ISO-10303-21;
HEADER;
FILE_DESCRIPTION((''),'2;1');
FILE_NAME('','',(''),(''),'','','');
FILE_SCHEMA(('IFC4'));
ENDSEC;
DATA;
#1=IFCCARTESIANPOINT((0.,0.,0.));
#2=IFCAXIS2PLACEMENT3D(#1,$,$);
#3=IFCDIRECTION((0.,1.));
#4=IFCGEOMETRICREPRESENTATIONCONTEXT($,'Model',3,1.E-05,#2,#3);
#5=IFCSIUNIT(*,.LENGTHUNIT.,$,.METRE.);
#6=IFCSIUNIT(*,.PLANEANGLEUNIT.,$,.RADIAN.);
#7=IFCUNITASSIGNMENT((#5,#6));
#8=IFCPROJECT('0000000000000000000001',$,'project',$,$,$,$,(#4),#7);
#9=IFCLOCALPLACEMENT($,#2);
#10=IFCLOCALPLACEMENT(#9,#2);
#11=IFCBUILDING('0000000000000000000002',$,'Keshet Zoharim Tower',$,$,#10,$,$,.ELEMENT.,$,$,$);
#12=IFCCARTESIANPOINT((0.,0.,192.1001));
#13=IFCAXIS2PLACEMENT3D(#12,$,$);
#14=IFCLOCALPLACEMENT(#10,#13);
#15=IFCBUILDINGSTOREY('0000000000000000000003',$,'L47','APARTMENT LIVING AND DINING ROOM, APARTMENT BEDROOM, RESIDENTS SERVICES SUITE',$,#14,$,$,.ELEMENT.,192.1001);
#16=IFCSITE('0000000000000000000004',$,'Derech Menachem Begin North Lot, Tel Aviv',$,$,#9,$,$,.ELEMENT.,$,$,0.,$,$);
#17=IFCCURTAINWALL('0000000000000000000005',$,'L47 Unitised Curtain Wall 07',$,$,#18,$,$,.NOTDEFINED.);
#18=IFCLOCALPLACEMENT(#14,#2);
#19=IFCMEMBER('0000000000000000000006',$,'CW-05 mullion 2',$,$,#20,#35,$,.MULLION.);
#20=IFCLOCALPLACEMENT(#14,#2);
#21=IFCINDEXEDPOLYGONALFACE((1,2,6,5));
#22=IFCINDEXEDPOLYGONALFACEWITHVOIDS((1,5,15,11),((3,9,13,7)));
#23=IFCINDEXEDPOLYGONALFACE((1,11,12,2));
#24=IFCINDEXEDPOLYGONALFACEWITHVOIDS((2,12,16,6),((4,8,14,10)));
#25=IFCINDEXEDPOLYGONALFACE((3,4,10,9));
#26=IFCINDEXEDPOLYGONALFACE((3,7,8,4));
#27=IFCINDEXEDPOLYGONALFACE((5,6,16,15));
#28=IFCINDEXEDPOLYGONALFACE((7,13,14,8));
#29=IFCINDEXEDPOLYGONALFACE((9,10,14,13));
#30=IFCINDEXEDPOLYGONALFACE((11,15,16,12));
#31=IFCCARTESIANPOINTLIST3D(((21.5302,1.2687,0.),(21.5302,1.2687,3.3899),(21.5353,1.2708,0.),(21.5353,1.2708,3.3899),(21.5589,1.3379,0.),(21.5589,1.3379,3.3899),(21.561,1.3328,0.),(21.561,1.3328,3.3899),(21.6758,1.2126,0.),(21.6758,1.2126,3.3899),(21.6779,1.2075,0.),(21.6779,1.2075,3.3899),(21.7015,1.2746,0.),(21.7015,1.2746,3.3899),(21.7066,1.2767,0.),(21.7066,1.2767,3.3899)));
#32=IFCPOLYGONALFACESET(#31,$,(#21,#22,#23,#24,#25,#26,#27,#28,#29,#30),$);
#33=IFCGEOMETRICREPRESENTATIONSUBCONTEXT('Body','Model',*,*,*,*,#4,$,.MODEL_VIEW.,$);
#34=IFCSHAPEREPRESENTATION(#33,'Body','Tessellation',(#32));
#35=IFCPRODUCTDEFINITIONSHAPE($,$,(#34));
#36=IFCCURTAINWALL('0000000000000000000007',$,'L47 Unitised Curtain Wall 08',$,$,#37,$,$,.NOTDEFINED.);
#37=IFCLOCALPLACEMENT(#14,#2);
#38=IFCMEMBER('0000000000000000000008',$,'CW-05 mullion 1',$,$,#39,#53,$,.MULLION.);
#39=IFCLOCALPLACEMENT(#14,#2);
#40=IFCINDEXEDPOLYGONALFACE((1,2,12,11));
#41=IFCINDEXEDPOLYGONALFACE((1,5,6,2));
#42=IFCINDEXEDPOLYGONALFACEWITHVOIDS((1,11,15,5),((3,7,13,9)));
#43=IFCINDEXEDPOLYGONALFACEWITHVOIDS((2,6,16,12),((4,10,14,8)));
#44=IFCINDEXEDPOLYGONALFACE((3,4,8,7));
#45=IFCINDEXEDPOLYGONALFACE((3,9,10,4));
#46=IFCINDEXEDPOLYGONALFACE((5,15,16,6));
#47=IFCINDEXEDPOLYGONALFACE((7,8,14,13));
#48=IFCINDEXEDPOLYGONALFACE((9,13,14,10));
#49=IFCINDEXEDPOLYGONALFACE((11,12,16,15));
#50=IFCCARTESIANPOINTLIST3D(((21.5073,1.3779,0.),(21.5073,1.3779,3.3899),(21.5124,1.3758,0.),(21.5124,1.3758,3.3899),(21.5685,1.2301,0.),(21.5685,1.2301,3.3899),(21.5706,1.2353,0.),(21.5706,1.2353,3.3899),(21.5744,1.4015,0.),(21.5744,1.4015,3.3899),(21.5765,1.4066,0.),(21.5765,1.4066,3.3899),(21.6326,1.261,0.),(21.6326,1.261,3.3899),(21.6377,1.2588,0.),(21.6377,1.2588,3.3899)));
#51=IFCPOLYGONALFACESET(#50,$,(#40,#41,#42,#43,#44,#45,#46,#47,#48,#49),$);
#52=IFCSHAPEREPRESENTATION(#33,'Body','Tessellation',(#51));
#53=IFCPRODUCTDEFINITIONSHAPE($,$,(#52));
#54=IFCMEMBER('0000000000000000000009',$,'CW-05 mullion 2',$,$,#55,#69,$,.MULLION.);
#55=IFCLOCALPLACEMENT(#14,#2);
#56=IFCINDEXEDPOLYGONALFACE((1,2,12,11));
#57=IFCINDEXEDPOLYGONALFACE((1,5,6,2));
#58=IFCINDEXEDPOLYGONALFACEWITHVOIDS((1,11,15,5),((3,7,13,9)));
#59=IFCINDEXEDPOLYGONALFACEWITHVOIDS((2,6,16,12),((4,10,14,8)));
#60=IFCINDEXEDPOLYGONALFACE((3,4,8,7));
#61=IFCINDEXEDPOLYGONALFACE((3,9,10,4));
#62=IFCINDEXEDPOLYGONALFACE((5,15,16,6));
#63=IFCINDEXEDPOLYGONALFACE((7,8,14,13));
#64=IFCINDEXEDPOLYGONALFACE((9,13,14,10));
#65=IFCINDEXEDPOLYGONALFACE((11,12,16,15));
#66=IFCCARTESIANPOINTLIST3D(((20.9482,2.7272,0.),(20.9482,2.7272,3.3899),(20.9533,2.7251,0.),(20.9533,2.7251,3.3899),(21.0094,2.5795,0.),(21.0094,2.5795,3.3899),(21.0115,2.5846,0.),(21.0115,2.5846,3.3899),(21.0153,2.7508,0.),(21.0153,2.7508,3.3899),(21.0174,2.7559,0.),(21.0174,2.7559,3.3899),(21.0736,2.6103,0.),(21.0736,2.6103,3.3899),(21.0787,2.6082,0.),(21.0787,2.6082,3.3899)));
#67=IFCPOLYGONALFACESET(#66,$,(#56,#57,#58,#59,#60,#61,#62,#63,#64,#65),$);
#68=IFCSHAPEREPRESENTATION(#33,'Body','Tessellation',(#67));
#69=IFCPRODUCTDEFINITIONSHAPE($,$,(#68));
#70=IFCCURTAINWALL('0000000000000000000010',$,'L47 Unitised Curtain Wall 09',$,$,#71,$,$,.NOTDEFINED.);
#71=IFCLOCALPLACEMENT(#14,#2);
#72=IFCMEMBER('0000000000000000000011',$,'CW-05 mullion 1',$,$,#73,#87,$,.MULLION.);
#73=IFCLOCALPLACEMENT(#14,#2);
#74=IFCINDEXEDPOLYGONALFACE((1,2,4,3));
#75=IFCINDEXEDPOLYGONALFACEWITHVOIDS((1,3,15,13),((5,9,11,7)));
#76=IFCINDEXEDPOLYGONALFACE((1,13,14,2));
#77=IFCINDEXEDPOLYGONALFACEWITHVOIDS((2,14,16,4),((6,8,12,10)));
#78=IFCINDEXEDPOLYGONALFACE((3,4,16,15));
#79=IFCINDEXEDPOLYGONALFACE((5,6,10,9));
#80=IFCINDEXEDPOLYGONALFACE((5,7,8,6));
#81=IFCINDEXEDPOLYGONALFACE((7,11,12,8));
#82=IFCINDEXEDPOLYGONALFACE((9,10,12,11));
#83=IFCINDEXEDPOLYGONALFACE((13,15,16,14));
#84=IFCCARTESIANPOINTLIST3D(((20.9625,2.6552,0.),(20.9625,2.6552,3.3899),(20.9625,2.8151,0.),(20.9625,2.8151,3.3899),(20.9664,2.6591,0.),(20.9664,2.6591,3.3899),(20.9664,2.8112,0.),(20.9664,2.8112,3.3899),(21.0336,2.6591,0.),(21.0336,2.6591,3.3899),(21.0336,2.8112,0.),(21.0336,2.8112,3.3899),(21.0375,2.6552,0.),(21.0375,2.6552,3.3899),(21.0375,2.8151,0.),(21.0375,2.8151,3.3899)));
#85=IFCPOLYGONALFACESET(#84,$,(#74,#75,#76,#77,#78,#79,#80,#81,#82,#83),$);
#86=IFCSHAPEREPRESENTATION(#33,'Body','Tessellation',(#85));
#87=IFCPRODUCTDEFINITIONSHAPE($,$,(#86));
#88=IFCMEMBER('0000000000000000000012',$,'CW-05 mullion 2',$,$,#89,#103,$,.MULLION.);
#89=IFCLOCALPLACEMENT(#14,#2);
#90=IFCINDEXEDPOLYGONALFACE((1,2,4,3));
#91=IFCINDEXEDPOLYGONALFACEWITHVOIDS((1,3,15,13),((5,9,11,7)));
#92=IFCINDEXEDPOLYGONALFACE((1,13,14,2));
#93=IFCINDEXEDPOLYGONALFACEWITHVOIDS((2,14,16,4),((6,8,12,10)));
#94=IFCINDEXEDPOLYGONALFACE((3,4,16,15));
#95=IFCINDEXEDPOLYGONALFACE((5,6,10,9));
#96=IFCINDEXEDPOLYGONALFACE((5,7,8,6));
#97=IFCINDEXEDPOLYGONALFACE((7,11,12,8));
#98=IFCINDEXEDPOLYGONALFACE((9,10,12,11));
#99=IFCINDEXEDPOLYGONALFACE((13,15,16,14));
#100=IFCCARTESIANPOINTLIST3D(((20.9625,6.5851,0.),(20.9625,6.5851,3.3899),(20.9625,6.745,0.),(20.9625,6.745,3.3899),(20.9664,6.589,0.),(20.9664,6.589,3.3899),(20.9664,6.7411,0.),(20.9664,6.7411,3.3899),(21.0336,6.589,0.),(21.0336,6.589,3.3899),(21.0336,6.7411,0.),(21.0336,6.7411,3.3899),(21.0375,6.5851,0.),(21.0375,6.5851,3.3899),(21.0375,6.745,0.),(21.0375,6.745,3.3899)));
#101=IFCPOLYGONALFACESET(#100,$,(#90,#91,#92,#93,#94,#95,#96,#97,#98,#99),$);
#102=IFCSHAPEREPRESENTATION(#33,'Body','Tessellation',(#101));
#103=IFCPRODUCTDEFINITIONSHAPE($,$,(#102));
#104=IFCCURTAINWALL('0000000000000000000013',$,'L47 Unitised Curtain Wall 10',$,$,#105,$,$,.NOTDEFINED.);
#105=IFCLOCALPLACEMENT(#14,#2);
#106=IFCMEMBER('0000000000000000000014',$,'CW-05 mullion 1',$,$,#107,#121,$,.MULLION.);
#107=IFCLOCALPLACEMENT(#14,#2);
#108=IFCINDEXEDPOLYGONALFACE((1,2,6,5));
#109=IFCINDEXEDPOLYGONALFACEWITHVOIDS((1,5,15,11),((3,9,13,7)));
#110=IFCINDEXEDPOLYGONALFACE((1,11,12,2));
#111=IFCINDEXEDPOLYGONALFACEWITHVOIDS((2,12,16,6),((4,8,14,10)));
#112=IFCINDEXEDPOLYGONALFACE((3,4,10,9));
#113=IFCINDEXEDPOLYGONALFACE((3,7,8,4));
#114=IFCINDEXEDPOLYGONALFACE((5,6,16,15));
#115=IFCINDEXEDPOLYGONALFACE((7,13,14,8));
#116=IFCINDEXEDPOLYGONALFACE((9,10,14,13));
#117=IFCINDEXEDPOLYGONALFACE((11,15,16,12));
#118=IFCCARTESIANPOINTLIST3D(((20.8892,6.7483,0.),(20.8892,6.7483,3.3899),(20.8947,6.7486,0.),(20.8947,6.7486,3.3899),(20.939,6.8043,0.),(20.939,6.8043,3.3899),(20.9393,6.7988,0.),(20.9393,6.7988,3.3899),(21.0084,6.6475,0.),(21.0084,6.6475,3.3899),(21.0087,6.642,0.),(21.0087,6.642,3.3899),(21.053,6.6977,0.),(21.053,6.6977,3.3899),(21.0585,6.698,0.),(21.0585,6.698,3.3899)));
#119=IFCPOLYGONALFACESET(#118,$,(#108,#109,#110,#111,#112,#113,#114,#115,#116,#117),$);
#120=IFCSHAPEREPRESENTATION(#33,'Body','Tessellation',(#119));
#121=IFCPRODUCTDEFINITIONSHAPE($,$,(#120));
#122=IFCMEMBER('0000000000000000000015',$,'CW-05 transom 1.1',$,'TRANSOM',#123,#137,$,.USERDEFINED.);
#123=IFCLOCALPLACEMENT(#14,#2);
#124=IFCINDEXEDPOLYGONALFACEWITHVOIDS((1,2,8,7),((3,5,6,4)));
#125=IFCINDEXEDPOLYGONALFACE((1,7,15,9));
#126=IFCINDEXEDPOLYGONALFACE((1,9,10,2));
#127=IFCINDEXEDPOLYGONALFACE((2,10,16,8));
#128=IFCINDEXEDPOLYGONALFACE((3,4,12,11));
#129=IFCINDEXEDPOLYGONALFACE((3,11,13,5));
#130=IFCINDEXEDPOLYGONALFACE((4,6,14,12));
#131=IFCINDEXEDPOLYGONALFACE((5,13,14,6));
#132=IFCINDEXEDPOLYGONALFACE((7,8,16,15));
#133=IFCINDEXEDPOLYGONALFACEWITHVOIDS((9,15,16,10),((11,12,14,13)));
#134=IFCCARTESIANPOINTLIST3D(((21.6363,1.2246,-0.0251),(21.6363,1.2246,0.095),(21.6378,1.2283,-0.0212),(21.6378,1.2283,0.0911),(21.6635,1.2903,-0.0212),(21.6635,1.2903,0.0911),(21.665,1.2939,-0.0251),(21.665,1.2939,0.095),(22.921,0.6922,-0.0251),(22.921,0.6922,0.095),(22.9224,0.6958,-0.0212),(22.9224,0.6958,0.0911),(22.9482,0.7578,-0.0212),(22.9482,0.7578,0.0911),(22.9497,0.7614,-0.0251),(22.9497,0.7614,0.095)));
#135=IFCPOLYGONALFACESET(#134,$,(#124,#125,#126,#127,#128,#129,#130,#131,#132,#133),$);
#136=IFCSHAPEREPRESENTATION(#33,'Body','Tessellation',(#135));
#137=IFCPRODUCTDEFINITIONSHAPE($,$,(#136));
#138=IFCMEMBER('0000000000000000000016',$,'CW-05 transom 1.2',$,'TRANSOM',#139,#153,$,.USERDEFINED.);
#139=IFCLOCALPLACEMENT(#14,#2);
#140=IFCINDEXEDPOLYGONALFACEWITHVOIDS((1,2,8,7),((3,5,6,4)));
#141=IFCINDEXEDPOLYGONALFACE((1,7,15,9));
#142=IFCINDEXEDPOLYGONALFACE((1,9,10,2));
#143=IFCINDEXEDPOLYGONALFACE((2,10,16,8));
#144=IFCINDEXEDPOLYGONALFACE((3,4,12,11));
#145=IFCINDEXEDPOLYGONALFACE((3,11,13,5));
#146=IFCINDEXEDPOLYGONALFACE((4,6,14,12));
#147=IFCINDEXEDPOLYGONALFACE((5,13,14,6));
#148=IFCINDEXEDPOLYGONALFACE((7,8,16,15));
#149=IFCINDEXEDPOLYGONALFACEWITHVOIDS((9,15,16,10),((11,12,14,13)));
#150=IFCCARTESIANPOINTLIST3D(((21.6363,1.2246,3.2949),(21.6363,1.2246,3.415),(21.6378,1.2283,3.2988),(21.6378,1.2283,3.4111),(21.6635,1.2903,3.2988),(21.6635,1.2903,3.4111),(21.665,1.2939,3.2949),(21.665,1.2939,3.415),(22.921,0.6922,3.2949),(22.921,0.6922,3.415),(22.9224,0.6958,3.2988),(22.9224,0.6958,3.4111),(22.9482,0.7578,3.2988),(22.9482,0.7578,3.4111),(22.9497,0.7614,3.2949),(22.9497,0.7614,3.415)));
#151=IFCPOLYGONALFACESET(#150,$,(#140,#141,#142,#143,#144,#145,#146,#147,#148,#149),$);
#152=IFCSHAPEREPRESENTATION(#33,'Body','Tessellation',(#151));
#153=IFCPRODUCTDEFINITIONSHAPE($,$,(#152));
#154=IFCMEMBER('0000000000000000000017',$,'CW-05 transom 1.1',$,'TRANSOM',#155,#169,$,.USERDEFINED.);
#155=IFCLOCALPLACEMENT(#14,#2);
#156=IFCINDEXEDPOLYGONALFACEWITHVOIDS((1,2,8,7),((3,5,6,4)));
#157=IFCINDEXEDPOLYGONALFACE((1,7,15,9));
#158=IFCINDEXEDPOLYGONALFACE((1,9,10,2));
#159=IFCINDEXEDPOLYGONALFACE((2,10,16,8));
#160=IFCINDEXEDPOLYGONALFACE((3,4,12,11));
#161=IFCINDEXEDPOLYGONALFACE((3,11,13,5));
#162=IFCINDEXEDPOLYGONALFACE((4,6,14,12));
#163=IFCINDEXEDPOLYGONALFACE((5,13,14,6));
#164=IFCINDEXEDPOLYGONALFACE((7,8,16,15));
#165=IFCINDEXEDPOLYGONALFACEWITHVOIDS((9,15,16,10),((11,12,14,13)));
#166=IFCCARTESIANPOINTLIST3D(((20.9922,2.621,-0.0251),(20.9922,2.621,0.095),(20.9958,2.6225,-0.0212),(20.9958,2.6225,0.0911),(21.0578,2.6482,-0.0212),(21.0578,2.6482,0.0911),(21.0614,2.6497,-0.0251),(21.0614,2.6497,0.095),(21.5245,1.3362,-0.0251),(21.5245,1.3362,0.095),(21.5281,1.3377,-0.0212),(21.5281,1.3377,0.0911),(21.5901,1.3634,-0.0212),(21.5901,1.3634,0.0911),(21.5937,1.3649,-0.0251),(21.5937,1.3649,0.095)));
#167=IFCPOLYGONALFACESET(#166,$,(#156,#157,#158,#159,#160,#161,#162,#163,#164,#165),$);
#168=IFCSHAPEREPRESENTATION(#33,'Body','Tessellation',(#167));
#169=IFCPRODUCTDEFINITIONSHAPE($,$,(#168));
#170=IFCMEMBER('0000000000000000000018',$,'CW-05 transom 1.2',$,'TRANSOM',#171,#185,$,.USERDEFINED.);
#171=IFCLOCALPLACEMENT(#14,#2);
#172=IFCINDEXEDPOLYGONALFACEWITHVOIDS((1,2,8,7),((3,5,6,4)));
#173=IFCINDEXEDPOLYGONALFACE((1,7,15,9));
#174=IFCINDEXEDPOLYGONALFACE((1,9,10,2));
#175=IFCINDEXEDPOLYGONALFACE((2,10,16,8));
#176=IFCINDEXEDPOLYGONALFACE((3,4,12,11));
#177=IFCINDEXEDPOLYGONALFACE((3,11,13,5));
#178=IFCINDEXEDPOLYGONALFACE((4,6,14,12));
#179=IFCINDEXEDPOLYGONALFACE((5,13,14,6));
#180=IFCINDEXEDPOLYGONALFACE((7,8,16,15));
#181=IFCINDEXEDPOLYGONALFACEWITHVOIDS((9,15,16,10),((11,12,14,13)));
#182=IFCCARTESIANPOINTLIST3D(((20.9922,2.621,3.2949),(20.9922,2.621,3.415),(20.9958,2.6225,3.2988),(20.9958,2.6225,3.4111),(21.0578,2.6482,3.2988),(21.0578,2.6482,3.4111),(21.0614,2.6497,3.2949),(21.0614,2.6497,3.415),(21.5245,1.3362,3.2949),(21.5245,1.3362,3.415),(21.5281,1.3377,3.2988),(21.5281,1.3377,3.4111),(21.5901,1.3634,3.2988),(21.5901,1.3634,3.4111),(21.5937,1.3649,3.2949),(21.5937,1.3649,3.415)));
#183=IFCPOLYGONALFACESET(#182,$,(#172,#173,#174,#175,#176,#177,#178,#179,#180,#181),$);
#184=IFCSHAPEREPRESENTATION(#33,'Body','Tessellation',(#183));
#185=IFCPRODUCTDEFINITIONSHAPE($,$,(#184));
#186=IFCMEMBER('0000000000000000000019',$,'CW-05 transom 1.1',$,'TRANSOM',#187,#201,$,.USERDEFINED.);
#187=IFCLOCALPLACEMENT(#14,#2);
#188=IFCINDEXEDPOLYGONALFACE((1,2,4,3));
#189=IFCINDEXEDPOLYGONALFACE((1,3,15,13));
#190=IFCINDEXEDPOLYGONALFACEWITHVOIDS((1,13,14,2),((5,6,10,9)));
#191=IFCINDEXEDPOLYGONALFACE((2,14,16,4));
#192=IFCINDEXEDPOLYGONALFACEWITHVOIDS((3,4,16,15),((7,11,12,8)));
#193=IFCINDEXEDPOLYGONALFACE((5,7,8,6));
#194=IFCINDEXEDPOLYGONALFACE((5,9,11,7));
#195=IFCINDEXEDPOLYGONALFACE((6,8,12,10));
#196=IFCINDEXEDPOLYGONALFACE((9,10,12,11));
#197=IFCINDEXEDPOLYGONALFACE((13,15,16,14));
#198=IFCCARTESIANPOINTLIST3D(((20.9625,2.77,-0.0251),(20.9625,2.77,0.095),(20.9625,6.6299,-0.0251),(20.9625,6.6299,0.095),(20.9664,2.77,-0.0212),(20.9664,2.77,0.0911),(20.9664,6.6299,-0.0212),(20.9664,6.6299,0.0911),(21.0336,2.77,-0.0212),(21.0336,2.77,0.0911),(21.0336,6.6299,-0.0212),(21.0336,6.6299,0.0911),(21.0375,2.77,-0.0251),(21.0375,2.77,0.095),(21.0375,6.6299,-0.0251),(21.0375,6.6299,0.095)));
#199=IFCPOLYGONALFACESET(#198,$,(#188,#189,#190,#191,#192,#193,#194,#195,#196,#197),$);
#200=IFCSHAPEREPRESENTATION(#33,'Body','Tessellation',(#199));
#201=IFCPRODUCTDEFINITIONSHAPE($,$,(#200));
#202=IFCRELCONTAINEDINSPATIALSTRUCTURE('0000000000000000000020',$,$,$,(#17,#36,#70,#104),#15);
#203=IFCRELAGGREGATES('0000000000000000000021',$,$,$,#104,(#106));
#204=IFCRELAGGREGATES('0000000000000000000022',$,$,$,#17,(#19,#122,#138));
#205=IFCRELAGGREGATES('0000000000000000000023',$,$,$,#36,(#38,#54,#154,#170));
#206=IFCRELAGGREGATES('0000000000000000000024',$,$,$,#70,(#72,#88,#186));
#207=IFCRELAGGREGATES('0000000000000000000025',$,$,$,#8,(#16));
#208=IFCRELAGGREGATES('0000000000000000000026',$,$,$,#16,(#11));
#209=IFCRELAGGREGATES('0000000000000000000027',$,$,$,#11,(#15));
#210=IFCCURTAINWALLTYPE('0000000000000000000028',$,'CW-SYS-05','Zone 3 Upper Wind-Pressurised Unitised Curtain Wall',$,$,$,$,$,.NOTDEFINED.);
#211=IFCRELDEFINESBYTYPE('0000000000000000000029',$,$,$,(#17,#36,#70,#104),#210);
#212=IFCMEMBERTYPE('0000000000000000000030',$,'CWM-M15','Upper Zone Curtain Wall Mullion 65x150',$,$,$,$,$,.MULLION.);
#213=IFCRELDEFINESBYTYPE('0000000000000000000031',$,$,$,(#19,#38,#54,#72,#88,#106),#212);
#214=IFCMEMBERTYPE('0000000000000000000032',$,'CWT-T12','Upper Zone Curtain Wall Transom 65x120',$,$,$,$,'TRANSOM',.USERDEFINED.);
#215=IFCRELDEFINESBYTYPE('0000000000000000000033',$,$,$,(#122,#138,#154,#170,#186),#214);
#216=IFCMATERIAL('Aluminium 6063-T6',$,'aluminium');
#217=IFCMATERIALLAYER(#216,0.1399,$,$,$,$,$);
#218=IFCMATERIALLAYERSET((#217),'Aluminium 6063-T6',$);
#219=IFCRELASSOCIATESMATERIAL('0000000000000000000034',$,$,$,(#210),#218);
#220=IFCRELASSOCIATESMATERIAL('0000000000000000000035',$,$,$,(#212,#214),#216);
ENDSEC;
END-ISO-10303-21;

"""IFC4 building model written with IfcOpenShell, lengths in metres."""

from ifc_helpers import new_model, si_unit, direction, frame, origin, origin_2d, place, context, subcontext, project, spatial, hollow_rectangle, extrude, material, layer, layer_set, material_profile, profile_set, type_object, element, aggregate, save


model = new_model("IFC4")

# Units and contexts
model_context = context("Model", 3, precision=1e-05, world=origin(), true_north=direction((0.0, 1.0)))
body_context = subcontext(model_context, "Body", "Model", "MODEL_VIEW")
ifc_project = project(units=[si_unit("LENGTHUNIT", "METRE"), si_unit("PLANEANGLEUNIT", "RADIAN")], contexts=[model_context])

# Site, building, storey
site_placement = place(None, origin())
site = spatial("IfcSite", under=ifc_project, at=site_placement, Name="Derech Menachem Begin North Lot, Tel Aviv", CompositionType="ELEMENT", RefElevation=0.0)
building_placement = place(site_placement, origin())
building = spatial("IfcBuilding", under=site, at=building_placement, Name="Keshet Zoharim Tower", CompositionType="ELEMENT")
storey_placement = place(building_placement, frame((0.0, 0.0, 192.1001)))
storey = spatial("IfcBuildingStorey", under=building, at=storey_placement, Name="L47", Description="APARTMENT LIVING AND DINING ROOM, APARTMENT BEDROOM, RESIDENTS SERVICES SUITE", CompositionType="ELEMENT", Elevation=192.1001)

# Shared definitions
ifc_material_1 = material(Name="Aluminium 6063-T6", Category="aluminium")
ifc_layer_1 = layer(ifc_material_1, 0.1399)
ifc_layer_set_1 = layer_set([ifc_layer_1], Name="Aluminium 6063-T6")
curtain_wall_type = type_object("IfcCurtainWallType", Name="CW-SYS-05", Description="Zone 3 Upper Wind-Pressurised Unitised Curtain Wall", PredefinedType="NOTDEFINED", material=ifc_layer_set_1)
ifc_material_profile_1 = material_profile(ifc_material_1, hollow_rectangle(XDim=0.075, YDim=0.1599, WallThickness=0.0039, at=origin_2d()), Name="MUL-75x160")
ifc_profile_set_1 = profile_set([ifc_material_profile_1], Name="Aluminium 6063-T6")
member_type_1 = type_object("IfcMemberType", Name="CWM-M15", Description="Upper Zone Curtain Wall Mullion 65x150", PredefinedType="MULLION", material=ifc_profile_set_1)

# Curtain walls, members
curtain_wall_1_placement = place(storey_placement, origin())
curtain_wall_1 = element("IfcCurtainWall", 1, at=curtain_wall_1_placement, inside=storey, type_object=curtain_wall_type, Name="L47 Unitised Curtain Wall 07", PredefinedType="NOTDEFINED")
member_1_placement = place(storey_placement, frame((21.6184, 1.2727, 0.0), z_axis=(0.0, 0.0, 1.0), x_axis=(-0.382852, -0.92381, 0.0)))
member_1 = element("IfcMember", 2, at=member_1_placement, type_object=member_type_1, Name="CW-05 mullion 2", PredefinedType="MULLION", context=body_context, shape_type="SweptSolid", body=[
    extrude(hollow_rectangle(XDim=0.075, YDim=0.1599, WallThickness=0.0039, at=origin_2d()), origin(), (0.0, 0.0, 1.0), 3.3899),
])
curtain_wall_2_placement = place(storey_placement, origin())
curtain_wall_2 = element("IfcCurtainWall", 3, at=curtain_wall_2_placement, inside=storey, type_object=curtain_wall_type, Name="L47 Unitised Curtain Wall 08", PredefinedType="NOTDEFINED")
member_2_placement = place(storey_placement, frame((21.5725, 1.3184, 0.0), z_axis=(0.0, 0.0, 1.0), x_axis=(-0.92381, -0.382852, 0.0)))
member_2 = element("IfcMember", 4, at=member_2_placement, type_object=member_type_1, Name="CW-05 mullion 1", PredefinedType="MULLION", context=body_context, shape_type="SweptSolid", body=[
    extrude(hollow_rectangle(XDim=0.075, YDim=0.1599, WallThickness=0.0039, at=origin_2d()), origin(), (0.0, 0.0, 1.0), 3.3899),
])
member_3_placement = place(storey_placement, frame((21.0134, 2.6677, 0.0), z_axis=(0.0, 0.0, 1.0), x_axis=(-0.92381, -0.382852, 0.0)))
member_3 = element("IfcMember", 5, at=member_3_placement, type_object=member_type_1, Name="CW-05 mullion 2", PredefinedType="MULLION", context=body_context, shape_type="SweptSolid", body=[
    extrude(hollow_rectangle(XDim=0.075, YDim=0.1599, WallThickness=0.0039, at=origin_2d()), origin(), (0.0, 0.0, 1.0), 3.3899),
])
curtain_wall_3_placement = place(storey_placement, origin())
curtain_wall_3 = element("IfcCurtainWall", 6, at=curtain_wall_3_placement, inside=storey, type_object=curtain_wall_type, Name="L47 Unitised Curtain Wall 09", PredefinedType="NOTDEFINED")
member_4_placement = place(storey_placement, frame((21.0, 2.7351, 0.0), z_axis=(0.0, 0.0, 1.0), x_axis=(-1.0, 0.0, 0.0)))
member_4 = element("IfcMember", 7, at=member_4_placement, type_object=member_type_1, Name="CW-05 mullion 1", PredefinedType="MULLION", context=body_context, shape_type="SweptSolid", body=[
    extrude(hollow_rectangle(XDim=0.075, YDim=0.1599, WallThickness=0.0039, at=origin_2d()), origin(), (0.0, 0.0, 1.0), 3.3899),
])
member_5_placement = place(storey_placement, frame((21.0, 6.665, 0.0), z_axis=(0.0, 0.0, 1.0), x_axis=(-1.0, 0.0, 0.0)))
member_5 = element("IfcMember", 8, at=member_5_placement, type_object=member_type_1, Name="CW-05 mullion 2", PredefinedType="MULLION", context=body_context, shape_type="SweptSolid", body=[
    extrude(hollow_rectangle(XDim=0.075, YDim=0.1599, WallThickness=0.0039, at=origin_2d()), origin(), (0.0, 0.0, 1.0), 3.3899),
])

# Curtain wall, member
curtain_wall_4_placement = place(storey_placement, origin())
curtain_wall_4 = element("IfcCurtainWall", 9, at=curtain_wall_4_placement, inside=storey, type_object=curtain_wall_type, Name="L47 Unitised Curtain Wall 10", PredefinedType="NOTDEFINED")
member_6_placement = place(storey_placement, frame((20.9739, 6.7231, 0.0), z_axis=(0.0, 0.0, 1.0), x_axis=(-0.664368, -0.747406, 0.0)))
member_6 = element("IfcMember", 10, at=member_6_placement, type_object=member_type_1, Name="CW-05 mullion 1", PredefinedType="MULLION", context=body_context, shape_type="SweptSolid", body=[
    extrude(hollow_rectangle(XDim=0.075, YDim=0.1599, WallThickness=0.0039, at=origin_2d()), origin(), (0.0, 0.0, 1.0), 3.3899),
])

# Members
ifc_material_profile_2 = material_profile(ifc_material_1, hollow_rectangle(XDim=0.075, YDim=0.1201, WallThickness=0.0039, at=origin_2d()), Name="TRN-75x120")
ifc_profile_set_2 = profile_set([ifc_material_profile_2], Name="Aluminium 6063-T6")
member_type_2 = type_object("IfcMemberType", Name="CWT-T12", Description="Upper Zone Curtain Wall Transom 65x120", ElementType="TRANSOM", PredefinedType="USERDEFINED", material=ifc_profile_set_2)
member_7_placement = place(storey_placement, frame((22.9353, 0.7268, 0.0349), z_axis=(-0.923792, 0.382894, 0.0), x_axis=(-0.382894, -0.923792, 0.0)))
member_7 = element("IfcMember", 11, at=member_7_placement, type_object=member_type_2, Name="CW-05 transom 1.1", ObjectType="TRANSOM", PredefinedType="USERDEFINED", context=body_context, shape_type="SweptSolid", body=[
    extrude(hollow_rectangle(XDim=0.075, YDim=0.1201, WallThickness=0.0039, at=origin_2d()), origin(), (0.0, 0.0, 1.0), 1.3906),
])
member_8_placement = place(storey_placement, frame((22.9353, 0.7268, 3.355), z_axis=(-0.923792, 0.382894, 0.0), x_axis=(-0.382894, -0.923792, 0.0)))
member_8 = element("IfcMember", 12, at=member_8_placement, type_object=member_type_2, Name="CW-05 transom 1.2", ObjectType="TRANSOM", PredefinedType="USERDEFINED", context=body_context, shape_type="SweptSolid", body=[
    extrude(hollow_rectangle(XDim=0.075, YDim=0.1201, WallThickness=0.0039, at=origin_2d()), origin(), (0.0, 0.0, 1.0), 1.3906),
])
member_9_placement = place(storey_placement, frame((21.5591, 1.3506, 0.0349), z_axis=(-0.382745, 0.923854, 0.0), x_axis=(-0.923854, -0.382745, 0.0)))
member_9 = element("IfcMember", 13, at=member_9_placement, type_object=member_type_2, Name="CW-05 transom 1.1", ObjectType="TRANSOM", PredefinedType="USERDEFINED", context=body_context, shape_type="SweptSolid", body=[
    extrude(hollow_rectangle(XDim=0.075, YDim=0.1201, WallThickness=0.0039, at=origin_2d()), origin(), (0.0, 0.0, 1.0), 1.3906),
])
member_10_placement = place(storey_placement, frame((21.5591, 1.3506, 3.355), z_axis=(-0.382745, 0.923854, 0.0), x_axis=(-0.923854, -0.382745, 0.0)))
member_10 = element("IfcMember", 14, at=member_10_placement, type_object=member_type_2, Name="CW-05 transom 1.2", ObjectType="TRANSOM", PredefinedType="USERDEFINED", context=body_context, shape_type="SweptSolid", body=[
    extrude(hollow_rectangle(XDim=0.075, YDim=0.1201, WallThickness=0.0039, at=origin_2d()), origin(), (0.0, 0.0, 1.0), 1.3906),
])
member_11_placement = place(storey_placement, frame((21.0, 2.77, 0.0349), z_axis=(0.0, 1.0, 0.0), x_axis=(-1.0, 0.0, 0.0)))
member_11 = element("IfcMember", 15, at=member_11_placement, type_object=member_type_2, Name="CW-05 transom 1.1", ObjectType="TRANSOM", PredefinedType="USERDEFINED", context=body_context, shape_type="SweptSolid", body=[
    extrude(hollow_rectangle(XDim=0.075, YDim=0.1201, WallThickness=0.0039, at=origin_2d()), origin(), (0.0, 0.0, 1.0), 3.8599),
])
aggregate(curtain_wall_4, [member_6])

aggregate(curtain_wall_1, [member_1, member_7, member_8])
aggregate(curtain_wall_2, [member_2, member_3, member_9, member_10])
aggregate(curtain_wall_3, [member_4, member_5, member_11])

save(model, "model.ifc")
